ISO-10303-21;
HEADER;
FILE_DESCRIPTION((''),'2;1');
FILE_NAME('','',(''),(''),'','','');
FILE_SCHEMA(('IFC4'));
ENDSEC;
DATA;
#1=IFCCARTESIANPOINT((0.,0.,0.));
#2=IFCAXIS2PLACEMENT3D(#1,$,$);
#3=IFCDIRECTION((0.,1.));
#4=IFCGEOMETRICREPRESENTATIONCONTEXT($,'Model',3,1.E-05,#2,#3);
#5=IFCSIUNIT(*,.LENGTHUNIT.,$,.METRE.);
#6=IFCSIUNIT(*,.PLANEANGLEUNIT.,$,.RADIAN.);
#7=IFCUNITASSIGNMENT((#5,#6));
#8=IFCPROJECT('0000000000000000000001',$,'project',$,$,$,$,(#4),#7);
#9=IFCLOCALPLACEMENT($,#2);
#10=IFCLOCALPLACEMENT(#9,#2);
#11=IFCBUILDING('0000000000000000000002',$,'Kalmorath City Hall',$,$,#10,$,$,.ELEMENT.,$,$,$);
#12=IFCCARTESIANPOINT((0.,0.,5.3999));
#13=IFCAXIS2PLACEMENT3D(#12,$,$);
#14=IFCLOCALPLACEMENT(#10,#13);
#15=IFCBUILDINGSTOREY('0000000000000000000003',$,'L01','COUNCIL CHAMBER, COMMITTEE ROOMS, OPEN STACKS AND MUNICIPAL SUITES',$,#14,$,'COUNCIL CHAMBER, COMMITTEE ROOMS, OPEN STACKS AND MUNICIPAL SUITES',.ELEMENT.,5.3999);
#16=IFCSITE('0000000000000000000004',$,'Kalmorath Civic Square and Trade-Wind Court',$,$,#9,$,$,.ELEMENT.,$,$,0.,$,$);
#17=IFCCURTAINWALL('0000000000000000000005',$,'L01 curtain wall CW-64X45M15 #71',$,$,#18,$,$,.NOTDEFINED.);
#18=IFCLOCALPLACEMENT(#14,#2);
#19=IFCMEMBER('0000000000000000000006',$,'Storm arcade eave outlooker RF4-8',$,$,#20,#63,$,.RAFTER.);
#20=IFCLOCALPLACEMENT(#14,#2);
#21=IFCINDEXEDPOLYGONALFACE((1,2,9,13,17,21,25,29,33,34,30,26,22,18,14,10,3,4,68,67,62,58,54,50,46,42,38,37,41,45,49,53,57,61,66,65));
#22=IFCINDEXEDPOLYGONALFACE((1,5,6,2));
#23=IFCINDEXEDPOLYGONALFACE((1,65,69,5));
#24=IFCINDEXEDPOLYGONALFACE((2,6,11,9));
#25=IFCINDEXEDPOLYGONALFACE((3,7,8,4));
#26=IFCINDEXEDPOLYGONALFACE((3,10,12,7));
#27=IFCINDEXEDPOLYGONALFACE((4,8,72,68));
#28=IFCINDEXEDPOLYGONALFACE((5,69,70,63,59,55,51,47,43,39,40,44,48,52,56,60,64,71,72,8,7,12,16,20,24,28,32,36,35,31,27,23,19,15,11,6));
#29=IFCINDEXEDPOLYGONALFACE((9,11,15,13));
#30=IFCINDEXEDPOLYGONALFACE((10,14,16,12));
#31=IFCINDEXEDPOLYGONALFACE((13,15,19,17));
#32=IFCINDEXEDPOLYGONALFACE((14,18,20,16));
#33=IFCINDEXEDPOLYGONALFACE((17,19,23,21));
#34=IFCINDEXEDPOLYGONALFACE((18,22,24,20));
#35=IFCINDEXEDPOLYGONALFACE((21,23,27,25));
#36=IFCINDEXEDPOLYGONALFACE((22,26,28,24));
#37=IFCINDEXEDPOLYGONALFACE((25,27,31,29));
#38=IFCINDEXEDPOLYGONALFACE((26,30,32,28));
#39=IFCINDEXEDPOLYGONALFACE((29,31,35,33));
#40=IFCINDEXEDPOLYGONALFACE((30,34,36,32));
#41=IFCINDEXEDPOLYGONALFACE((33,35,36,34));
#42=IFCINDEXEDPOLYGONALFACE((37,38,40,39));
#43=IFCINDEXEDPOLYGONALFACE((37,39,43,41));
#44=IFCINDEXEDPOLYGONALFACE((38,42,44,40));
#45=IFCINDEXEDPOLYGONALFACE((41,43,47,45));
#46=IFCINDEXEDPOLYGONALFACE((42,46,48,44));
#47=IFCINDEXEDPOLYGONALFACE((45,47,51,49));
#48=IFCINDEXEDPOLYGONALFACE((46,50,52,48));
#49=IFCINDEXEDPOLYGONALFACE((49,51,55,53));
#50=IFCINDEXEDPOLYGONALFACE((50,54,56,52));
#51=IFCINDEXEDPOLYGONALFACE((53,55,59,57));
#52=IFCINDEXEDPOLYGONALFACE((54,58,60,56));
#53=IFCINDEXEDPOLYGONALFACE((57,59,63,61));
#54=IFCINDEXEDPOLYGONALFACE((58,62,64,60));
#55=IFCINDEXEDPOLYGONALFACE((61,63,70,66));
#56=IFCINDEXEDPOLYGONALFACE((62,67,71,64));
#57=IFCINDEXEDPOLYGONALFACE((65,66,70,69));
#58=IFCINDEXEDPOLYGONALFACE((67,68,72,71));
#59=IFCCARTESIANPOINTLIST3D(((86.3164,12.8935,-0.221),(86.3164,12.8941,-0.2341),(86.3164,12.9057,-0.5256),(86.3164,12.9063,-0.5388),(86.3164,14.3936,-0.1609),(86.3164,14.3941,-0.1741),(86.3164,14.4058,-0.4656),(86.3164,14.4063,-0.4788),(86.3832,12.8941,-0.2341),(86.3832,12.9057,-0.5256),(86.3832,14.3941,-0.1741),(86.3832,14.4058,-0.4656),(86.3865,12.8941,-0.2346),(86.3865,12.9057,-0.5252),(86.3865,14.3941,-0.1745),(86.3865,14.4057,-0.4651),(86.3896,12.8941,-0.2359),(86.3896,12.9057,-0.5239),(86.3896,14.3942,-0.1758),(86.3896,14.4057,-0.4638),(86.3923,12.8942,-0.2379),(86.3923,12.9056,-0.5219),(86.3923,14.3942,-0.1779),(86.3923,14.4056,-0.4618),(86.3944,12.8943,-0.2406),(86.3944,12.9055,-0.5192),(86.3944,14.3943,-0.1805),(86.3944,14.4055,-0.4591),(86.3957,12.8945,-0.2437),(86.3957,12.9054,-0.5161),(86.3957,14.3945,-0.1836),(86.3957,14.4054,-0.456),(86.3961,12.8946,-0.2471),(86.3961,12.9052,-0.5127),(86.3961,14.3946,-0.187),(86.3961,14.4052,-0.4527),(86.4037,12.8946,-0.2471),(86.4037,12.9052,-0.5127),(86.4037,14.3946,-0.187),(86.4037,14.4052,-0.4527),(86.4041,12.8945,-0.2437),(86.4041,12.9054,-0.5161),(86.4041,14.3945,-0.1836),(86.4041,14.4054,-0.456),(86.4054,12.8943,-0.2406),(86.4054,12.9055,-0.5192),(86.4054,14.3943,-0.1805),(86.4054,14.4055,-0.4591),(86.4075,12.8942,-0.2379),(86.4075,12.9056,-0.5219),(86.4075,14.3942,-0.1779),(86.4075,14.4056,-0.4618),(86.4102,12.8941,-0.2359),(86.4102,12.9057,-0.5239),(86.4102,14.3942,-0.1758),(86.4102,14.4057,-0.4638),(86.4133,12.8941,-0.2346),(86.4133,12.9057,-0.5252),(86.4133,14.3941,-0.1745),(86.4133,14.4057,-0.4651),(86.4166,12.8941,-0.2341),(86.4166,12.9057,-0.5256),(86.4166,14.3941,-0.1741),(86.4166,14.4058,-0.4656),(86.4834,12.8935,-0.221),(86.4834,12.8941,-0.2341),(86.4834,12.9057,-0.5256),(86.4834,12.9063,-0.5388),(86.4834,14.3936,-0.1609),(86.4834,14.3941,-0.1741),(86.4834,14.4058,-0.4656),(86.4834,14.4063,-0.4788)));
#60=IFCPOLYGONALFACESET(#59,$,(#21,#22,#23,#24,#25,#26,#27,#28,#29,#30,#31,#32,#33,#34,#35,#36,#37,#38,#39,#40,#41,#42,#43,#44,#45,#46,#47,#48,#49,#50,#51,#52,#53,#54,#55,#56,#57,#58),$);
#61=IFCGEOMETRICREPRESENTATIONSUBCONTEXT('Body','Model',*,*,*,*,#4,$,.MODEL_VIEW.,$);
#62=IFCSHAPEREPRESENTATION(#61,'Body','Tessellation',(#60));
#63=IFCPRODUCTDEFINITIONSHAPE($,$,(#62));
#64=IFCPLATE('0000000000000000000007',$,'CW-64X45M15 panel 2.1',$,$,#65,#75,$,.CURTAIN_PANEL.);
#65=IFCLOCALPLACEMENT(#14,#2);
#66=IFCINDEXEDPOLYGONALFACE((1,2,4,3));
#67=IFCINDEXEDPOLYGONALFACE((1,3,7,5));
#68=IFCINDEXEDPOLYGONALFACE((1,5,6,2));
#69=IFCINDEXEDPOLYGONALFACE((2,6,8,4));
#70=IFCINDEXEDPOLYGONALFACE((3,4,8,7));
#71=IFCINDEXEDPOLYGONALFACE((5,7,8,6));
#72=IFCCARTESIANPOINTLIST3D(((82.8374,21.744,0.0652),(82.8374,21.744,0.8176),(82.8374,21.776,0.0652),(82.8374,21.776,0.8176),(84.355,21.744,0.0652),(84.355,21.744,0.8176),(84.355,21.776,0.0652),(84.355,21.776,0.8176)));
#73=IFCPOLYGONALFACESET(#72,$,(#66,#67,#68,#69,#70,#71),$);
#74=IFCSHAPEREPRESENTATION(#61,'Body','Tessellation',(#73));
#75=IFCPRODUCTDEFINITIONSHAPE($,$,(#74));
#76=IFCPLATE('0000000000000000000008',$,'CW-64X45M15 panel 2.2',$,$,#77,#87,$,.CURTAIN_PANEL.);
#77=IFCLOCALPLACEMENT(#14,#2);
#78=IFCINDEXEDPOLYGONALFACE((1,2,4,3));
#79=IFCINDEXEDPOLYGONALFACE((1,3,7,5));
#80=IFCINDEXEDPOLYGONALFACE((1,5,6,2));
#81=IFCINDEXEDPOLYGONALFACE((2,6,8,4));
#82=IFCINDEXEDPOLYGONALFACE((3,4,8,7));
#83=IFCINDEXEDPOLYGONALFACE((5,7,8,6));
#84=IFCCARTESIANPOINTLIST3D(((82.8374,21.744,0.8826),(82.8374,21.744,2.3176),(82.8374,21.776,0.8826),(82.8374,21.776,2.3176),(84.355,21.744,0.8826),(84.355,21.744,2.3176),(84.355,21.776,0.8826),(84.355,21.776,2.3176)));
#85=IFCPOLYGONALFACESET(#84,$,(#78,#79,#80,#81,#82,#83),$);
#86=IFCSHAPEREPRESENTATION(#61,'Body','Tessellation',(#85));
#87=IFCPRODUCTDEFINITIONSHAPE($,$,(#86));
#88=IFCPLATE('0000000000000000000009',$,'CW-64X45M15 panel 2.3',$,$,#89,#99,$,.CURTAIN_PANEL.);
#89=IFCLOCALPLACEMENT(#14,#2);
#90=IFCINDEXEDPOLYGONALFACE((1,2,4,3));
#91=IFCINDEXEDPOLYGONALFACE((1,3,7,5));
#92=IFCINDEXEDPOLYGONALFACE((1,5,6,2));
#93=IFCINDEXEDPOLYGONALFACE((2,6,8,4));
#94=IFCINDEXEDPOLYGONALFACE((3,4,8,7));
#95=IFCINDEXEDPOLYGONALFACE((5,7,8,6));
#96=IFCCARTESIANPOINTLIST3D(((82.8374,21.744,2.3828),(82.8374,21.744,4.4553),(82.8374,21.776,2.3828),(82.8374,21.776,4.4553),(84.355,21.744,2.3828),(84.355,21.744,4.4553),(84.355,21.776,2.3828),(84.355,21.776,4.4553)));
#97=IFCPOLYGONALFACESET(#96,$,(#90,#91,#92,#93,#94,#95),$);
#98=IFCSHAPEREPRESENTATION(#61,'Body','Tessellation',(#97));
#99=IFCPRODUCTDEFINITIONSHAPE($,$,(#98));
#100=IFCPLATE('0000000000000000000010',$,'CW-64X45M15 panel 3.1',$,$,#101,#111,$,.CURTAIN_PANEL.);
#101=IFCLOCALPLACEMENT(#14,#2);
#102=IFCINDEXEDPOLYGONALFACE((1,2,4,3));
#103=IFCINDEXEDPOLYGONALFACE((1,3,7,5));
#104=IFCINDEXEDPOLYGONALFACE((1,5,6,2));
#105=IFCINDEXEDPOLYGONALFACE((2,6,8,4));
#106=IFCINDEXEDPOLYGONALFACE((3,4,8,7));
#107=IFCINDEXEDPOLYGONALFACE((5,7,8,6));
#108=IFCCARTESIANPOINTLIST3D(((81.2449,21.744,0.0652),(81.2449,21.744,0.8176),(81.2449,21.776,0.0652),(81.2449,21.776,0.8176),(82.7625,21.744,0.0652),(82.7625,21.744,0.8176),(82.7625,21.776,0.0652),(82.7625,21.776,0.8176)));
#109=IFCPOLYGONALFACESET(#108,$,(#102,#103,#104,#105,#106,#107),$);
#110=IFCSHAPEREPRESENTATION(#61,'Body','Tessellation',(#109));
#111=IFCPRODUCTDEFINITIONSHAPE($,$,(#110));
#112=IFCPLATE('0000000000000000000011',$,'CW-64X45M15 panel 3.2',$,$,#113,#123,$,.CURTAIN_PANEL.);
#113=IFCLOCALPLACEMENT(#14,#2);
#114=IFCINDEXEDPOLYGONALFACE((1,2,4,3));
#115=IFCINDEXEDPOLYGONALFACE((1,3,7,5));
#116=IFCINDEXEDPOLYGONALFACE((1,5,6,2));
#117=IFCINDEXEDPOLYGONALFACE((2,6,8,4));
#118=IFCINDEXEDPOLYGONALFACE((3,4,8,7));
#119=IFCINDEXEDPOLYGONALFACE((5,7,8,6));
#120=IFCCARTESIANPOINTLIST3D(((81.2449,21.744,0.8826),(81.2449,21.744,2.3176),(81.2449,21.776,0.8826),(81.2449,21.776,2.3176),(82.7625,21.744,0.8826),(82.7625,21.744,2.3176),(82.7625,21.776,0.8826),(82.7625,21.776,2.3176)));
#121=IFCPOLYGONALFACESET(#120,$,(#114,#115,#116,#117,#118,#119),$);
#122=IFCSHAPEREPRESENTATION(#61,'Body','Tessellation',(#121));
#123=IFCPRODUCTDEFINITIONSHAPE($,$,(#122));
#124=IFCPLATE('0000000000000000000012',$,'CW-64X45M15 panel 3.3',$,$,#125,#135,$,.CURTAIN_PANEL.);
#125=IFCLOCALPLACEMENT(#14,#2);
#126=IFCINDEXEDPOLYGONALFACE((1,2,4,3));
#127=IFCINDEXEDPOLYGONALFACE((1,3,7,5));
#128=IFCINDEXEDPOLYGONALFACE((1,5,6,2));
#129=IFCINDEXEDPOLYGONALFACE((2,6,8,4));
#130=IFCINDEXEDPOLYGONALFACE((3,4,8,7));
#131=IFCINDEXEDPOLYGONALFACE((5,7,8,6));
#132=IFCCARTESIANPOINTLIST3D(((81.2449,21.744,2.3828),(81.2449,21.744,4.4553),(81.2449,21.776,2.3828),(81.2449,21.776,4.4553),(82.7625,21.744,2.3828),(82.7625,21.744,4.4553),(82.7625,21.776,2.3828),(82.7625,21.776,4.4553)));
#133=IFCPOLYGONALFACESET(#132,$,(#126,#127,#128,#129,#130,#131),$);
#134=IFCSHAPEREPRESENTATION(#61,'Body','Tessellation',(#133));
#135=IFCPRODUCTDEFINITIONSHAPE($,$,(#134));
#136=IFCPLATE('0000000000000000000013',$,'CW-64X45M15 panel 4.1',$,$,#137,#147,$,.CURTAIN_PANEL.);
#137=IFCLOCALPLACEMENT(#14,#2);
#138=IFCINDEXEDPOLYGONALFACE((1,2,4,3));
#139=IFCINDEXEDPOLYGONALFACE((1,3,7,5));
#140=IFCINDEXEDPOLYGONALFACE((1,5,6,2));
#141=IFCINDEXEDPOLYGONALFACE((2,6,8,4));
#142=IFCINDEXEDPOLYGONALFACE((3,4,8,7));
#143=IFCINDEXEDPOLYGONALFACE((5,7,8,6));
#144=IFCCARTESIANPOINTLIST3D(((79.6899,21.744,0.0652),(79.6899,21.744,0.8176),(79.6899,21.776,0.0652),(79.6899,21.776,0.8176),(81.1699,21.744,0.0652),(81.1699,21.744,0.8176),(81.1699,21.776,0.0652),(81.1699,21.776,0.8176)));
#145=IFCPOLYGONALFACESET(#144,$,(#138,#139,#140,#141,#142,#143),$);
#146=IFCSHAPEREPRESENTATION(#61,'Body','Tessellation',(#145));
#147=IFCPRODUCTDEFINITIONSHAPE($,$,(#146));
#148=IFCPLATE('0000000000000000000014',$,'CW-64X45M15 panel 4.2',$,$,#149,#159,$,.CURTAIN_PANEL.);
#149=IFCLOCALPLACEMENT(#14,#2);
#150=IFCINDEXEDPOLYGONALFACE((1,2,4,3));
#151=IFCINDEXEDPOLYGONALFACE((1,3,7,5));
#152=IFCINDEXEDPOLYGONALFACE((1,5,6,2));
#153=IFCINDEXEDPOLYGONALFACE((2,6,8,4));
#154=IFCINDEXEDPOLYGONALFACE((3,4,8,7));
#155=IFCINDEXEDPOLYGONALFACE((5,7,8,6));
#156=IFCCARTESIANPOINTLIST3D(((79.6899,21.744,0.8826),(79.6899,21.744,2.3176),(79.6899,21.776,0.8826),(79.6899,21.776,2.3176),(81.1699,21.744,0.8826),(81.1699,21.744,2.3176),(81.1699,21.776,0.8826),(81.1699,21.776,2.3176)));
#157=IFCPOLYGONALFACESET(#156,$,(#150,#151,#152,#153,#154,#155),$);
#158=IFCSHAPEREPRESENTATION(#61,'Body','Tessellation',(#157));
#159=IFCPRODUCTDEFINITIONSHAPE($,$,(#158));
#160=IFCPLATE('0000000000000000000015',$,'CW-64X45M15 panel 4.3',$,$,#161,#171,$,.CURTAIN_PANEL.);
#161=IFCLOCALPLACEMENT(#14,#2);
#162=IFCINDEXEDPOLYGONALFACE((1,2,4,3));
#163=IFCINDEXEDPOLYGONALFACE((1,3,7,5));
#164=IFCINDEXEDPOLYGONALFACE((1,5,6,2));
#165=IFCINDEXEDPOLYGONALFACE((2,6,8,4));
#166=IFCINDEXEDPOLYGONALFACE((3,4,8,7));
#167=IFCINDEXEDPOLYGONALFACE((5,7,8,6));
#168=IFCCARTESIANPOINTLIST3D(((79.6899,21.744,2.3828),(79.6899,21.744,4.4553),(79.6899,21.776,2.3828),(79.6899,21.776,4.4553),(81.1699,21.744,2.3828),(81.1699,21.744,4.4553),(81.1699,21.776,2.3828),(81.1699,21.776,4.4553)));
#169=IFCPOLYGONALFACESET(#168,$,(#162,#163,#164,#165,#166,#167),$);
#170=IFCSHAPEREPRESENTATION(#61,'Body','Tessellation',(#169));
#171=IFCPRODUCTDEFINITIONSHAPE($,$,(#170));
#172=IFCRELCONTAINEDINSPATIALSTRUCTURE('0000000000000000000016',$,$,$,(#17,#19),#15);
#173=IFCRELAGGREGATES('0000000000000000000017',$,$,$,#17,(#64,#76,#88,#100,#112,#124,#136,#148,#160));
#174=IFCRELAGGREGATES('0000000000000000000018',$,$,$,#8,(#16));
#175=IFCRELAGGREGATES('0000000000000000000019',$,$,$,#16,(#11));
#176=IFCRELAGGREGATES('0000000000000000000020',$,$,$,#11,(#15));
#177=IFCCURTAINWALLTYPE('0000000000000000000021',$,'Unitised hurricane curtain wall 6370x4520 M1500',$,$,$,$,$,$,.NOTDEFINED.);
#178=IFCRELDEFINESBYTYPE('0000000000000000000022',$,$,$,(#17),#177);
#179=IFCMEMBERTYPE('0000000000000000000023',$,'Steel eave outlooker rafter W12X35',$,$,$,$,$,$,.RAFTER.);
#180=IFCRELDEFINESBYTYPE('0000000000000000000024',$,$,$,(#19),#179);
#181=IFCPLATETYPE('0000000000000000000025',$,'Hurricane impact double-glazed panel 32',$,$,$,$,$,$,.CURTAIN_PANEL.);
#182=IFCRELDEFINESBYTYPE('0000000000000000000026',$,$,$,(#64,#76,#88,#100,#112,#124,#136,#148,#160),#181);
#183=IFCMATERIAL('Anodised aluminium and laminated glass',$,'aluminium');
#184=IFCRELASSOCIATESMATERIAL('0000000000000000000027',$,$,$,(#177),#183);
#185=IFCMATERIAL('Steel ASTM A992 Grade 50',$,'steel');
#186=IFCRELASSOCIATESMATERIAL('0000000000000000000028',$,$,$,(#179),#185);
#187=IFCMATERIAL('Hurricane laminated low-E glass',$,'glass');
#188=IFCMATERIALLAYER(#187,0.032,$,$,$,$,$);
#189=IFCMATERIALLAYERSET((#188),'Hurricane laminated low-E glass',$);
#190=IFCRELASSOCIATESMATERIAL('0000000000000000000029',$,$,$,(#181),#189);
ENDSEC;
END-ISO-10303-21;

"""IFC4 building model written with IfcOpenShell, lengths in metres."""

from ifc_helpers import new_model, si_unit, direction, frame, origin, origin_2d, place, context, subcontext, project, spatial, rectangle, i_section, extrude, material, layer, layer_set, material_profile, profile_set, type_object, element, aggregate, save


model = new_model("IFC4")

# Units and contexts
model_context = context("Model", 3, precision=1e-05, world=origin(), true_north=direction((0.0, 1.0)))
body_context = subcontext(model_context, "Body", "Model", "MODEL_VIEW")
ifc_project = project(units=[si_unit("LENGTHUNIT", "METRE"), si_unit("PLANEANGLEUNIT", "RADIAN")], contexts=[model_context])

# Site, building, storey
site_placement = place(None, origin())
site = spatial("IfcSite", under=ifc_project, at=site_placement, Name="Kalmorath Civic Square and Trade-Wind Court", CompositionType="ELEMENT", RefElevation=0.0)
building_placement = place(site_placement, origin())
building = spatial("IfcBuilding", under=site, at=building_placement, Name="Kalmorath City Hall", CompositionType="ELEMENT")
storey_placement = place(building_placement, frame((0.0, 0.0, 5.3999)))
storey = spatial("IfcBuildingStorey", under=building, at=storey_placement, Name="L01", Description="COUNCIL CHAMBER, COMMITTEE ROOMS, OPEN STACKS AND MUNICIPAL SUITES", LongName="COUNCIL CHAMBER, COMMITTEE ROOMS, OPEN STACKS AND MUNICIPAL SUITES", CompositionType="ELEMENT", Elevation=5.3999)

# Curtain wall
ifc_material_1 = material(Name="Anodised aluminium and laminated glass", Category="aluminium")
curtain_wall_type = type_object("IfcCurtainWallType", Name="Unitised hurricane curtain wall 6370x4520 M1500", PredefinedType="NOTDEFINED", material=ifc_material_1)
curtain_wall_placement = place(storey_placement, origin())
curtain_wall = element("IfcCurtainWall", 1, at=curtain_wall_placement, inside=storey, type_object=curtain_wall_type, Name="L01 curtain wall CW-64X45M15 #71", PredefinedType="NOTDEFINED")

# Member
ifc_material_2 = material(Name="Steel ASTM A992 Grade 50", Category="steel")
ifc_material_profile_1 = material_profile(ifc_material_2, i_section(OverallWidth=0.167, OverallDepth=0.3181, WebThickness=0.0076, FlangeThickness=0.0132, FilletRadius=0.0129, at=origin_2d()), Name="W12X35")
ifc_profile_set_1 = profile_set([ifc_material_profile_1], Name="Steel ASTM A992 Grade 50")
member_type_1 = type_object("IfcMemberType", Name="Steel eave outlooker rafter W12X35", PredefinedType="RAFTER", material=ifc_profile_set_1)
member_1_placement = place(storey_placement, frame((86.3999, 12.8999, -0.3799), z_axis=(0.0, 0.999199, 0.040007), x_axis=(-1.0, 0.0, 0.0)))
element("IfcMember", 2, at=member_1_placement, inside=storey, type_object=member_type_1, Name="Storm arcade eave outlooker RF4-8", PredefinedType="RAFTER", context=body_context, shape_type="SweptSolid", body=[
    extrude(i_section(OverallWidth=0.167, OverallDepth=0.3181, WebThickness=0.0076, FlangeThickness=0.0132, FilletRadius=0.0129, at=origin_2d()), origin(), (0.0, 0.0, 1.0), 1.5012),
])

# Plates
ifc_material_3 = material(Name="Hurricane laminated low-E glass", Category="glass")
ifc_layer = layer(ifc_material_3, 0.032)
ifc_layer_set = layer_set([ifc_layer], Name="Hurricane laminated low-E glass")
plate_type = type_object("IfcPlateType", Name="Hurricane impact double-glazed panel 32", PredefinedType="CURTAIN_PANEL", material=ifc_layer_set)
plate_1_placement = place(storey_placement, frame((83.5962, 21.76, 0.0652), z_axis=(0.0, 0.0, 1.0), x_axis=(-1.0, 0.0, 0.0)))
plate_1 = element("IfcPlate", 3, at=plate_1_placement, type_object=plate_type, Name="CW-64X45M15 panel 2.1", PredefinedType="CURTAIN_PANEL", context=body_context, shape_type="SweptSolid", body=[
    extrude(rectangle(XDim=1.5176, YDim=0.032, at=origin_2d()), origin(), (0.0, 0.0, 1.0), 0.7524),
])
plate_2_placement = place(storey_placement, frame((83.5962, 21.76, 0.8826), z_axis=(0.0, 0.0, 1.0), x_axis=(-1.0, 0.0, 0.0)))
plate_2 = element("IfcPlate", 4, at=plate_2_placement, type_object=plate_type, Name="CW-64X45M15 panel 2.2", PredefinedType="CURTAIN_PANEL", context=body_context, shape_type="SweptSolid", body=[
    extrude(rectangle(XDim=1.5176, YDim=0.032, at=origin_2d()), origin(), (0.0, 0.0, 1.0), 1.4351),
])
plate_3_placement = place(storey_placement, frame((83.5962, 21.76, 2.3828), z_axis=(0.0, 0.0, 1.0), x_axis=(-1.0, 0.0, 0.0)))
plate_3 = element("IfcPlate", 5, at=plate_3_placement, type_object=plate_type, Name="CW-64X45M15 panel 2.3", PredefinedType="CURTAIN_PANEL", context=body_context, shape_type="SweptSolid", body=[
    extrude(rectangle(XDim=1.5176, YDim=0.032, at=origin_2d()), origin(), (0.0, 0.0, 1.0), 2.0725),
])
plate_4_placement = place(storey_placement, frame((82.0037, 21.76, 0.0652), z_axis=(0.0, 0.0, 1.0), x_axis=(-1.0, 0.0, 0.0)))
plate_4 = element("IfcPlate", 6, at=plate_4_placement, type_object=plate_type, Name="CW-64X45M15 panel 3.1", PredefinedType="CURTAIN_PANEL", context=body_context, shape_type="SweptSolid", body=[
    extrude(rectangle(XDim=1.5176, YDim=0.032, at=origin_2d()), origin(), (0.0, 0.0, 1.0), 0.7524),
])
plate_5_placement = place(storey_placement, frame((82.0037, 21.76, 0.8826), z_axis=(0.0, 0.0, 1.0), x_axis=(-1.0, 0.0, 0.0)))
plate_5 = element("IfcPlate", 7, at=plate_5_placement, type_object=plate_type, Name="CW-64X45M15 panel 3.2", PredefinedType="CURTAIN_PANEL", context=body_context, shape_type="SweptSolid", body=[
    extrude(rectangle(XDim=1.5176, YDim=0.032, at=origin_2d()), origin(), (0.0, 0.0, 1.0), 1.4351),
])
plate_6_placement = place(storey_placement, frame((82.0037, 21.76, 2.3828), z_axis=(0.0, 0.0, 1.0), x_axis=(-1.0, 0.0, 0.0)))
plate_6 = element("IfcPlate", 8, at=plate_6_placement, type_object=plate_type, Name="CW-64X45M15 panel 3.3", PredefinedType="CURTAIN_PANEL", context=body_context, shape_type="SweptSolid", body=[
    extrude(rectangle(XDim=1.5176, YDim=0.032, at=origin_2d()), origin(), (0.0, 0.0, 1.0), 2.0725),
])
plate_7_placement = place(storey_placement, frame((80.4299, 21.76, 0.0652), z_axis=(0.0, 0.0, 1.0), x_axis=(-1.0, 0.0, 0.0)))
plate_7 = element("IfcPlate", 9, at=plate_7_placement, type_object=plate_type, Name="CW-64X45M15 panel 4.1", PredefinedType="CURTAIN_PANEL", context=body_context, shape_type="SweptSolid", body=[
    extrude(rectangle(XDim=1.48, YDim=0.032, at=origin_2d()), origin(), (0.0, 0.0, 1.0), 0.7524),
])
plate_8_placement = place(storey_placement, frame((80.4299, 21.76, 0.8826), z_axis=(0.0, 0.0, 1.0), x_axis=(-1.0, 0.0, 0.0)))
plate_8 = element("IfcPlate", 10, at=plate_8_placement, type_object=plate_type, Name="CW-64X45M15 panel 4.2", PredefinedType="CURTAIN_PANEL", context=body_context, shape_type="SweptSolid", body=[
    extrude(rectangle(XDim=1.48, YDim=0.032, at=origin_2d()), origin(), (0.0, 0.0, 1.0), 1.4351),
])
plate_9_placement = place(storey_placement, frame((80.4299, 21.76, 2.3828), z_axis=(0.0, 0.0, 1.0), x_axis=(-1.0, 0.0, 0.0)))
plate_9 = element("IfcPlate", 11, at=plate_9_placement, type_object=plate_type, Name="CW-64X45M15 panel 4.3", PredefinedType="CURTAIN_PANEL", context=body_context, shape_type="SweptSolid", body=[
    extrude(rectangle(XDim=1.48, YDim=0.032, at=origin_2d()), origin(), (0.0, 0.0, 1.0), 2.0725),
])
aggregate(curtain_wall, [plate_1, plate_2, plate_3, plate_4, plate_5, plate_6, plate_7, plate_8, plate_9])

save(model, "model.ifc")
